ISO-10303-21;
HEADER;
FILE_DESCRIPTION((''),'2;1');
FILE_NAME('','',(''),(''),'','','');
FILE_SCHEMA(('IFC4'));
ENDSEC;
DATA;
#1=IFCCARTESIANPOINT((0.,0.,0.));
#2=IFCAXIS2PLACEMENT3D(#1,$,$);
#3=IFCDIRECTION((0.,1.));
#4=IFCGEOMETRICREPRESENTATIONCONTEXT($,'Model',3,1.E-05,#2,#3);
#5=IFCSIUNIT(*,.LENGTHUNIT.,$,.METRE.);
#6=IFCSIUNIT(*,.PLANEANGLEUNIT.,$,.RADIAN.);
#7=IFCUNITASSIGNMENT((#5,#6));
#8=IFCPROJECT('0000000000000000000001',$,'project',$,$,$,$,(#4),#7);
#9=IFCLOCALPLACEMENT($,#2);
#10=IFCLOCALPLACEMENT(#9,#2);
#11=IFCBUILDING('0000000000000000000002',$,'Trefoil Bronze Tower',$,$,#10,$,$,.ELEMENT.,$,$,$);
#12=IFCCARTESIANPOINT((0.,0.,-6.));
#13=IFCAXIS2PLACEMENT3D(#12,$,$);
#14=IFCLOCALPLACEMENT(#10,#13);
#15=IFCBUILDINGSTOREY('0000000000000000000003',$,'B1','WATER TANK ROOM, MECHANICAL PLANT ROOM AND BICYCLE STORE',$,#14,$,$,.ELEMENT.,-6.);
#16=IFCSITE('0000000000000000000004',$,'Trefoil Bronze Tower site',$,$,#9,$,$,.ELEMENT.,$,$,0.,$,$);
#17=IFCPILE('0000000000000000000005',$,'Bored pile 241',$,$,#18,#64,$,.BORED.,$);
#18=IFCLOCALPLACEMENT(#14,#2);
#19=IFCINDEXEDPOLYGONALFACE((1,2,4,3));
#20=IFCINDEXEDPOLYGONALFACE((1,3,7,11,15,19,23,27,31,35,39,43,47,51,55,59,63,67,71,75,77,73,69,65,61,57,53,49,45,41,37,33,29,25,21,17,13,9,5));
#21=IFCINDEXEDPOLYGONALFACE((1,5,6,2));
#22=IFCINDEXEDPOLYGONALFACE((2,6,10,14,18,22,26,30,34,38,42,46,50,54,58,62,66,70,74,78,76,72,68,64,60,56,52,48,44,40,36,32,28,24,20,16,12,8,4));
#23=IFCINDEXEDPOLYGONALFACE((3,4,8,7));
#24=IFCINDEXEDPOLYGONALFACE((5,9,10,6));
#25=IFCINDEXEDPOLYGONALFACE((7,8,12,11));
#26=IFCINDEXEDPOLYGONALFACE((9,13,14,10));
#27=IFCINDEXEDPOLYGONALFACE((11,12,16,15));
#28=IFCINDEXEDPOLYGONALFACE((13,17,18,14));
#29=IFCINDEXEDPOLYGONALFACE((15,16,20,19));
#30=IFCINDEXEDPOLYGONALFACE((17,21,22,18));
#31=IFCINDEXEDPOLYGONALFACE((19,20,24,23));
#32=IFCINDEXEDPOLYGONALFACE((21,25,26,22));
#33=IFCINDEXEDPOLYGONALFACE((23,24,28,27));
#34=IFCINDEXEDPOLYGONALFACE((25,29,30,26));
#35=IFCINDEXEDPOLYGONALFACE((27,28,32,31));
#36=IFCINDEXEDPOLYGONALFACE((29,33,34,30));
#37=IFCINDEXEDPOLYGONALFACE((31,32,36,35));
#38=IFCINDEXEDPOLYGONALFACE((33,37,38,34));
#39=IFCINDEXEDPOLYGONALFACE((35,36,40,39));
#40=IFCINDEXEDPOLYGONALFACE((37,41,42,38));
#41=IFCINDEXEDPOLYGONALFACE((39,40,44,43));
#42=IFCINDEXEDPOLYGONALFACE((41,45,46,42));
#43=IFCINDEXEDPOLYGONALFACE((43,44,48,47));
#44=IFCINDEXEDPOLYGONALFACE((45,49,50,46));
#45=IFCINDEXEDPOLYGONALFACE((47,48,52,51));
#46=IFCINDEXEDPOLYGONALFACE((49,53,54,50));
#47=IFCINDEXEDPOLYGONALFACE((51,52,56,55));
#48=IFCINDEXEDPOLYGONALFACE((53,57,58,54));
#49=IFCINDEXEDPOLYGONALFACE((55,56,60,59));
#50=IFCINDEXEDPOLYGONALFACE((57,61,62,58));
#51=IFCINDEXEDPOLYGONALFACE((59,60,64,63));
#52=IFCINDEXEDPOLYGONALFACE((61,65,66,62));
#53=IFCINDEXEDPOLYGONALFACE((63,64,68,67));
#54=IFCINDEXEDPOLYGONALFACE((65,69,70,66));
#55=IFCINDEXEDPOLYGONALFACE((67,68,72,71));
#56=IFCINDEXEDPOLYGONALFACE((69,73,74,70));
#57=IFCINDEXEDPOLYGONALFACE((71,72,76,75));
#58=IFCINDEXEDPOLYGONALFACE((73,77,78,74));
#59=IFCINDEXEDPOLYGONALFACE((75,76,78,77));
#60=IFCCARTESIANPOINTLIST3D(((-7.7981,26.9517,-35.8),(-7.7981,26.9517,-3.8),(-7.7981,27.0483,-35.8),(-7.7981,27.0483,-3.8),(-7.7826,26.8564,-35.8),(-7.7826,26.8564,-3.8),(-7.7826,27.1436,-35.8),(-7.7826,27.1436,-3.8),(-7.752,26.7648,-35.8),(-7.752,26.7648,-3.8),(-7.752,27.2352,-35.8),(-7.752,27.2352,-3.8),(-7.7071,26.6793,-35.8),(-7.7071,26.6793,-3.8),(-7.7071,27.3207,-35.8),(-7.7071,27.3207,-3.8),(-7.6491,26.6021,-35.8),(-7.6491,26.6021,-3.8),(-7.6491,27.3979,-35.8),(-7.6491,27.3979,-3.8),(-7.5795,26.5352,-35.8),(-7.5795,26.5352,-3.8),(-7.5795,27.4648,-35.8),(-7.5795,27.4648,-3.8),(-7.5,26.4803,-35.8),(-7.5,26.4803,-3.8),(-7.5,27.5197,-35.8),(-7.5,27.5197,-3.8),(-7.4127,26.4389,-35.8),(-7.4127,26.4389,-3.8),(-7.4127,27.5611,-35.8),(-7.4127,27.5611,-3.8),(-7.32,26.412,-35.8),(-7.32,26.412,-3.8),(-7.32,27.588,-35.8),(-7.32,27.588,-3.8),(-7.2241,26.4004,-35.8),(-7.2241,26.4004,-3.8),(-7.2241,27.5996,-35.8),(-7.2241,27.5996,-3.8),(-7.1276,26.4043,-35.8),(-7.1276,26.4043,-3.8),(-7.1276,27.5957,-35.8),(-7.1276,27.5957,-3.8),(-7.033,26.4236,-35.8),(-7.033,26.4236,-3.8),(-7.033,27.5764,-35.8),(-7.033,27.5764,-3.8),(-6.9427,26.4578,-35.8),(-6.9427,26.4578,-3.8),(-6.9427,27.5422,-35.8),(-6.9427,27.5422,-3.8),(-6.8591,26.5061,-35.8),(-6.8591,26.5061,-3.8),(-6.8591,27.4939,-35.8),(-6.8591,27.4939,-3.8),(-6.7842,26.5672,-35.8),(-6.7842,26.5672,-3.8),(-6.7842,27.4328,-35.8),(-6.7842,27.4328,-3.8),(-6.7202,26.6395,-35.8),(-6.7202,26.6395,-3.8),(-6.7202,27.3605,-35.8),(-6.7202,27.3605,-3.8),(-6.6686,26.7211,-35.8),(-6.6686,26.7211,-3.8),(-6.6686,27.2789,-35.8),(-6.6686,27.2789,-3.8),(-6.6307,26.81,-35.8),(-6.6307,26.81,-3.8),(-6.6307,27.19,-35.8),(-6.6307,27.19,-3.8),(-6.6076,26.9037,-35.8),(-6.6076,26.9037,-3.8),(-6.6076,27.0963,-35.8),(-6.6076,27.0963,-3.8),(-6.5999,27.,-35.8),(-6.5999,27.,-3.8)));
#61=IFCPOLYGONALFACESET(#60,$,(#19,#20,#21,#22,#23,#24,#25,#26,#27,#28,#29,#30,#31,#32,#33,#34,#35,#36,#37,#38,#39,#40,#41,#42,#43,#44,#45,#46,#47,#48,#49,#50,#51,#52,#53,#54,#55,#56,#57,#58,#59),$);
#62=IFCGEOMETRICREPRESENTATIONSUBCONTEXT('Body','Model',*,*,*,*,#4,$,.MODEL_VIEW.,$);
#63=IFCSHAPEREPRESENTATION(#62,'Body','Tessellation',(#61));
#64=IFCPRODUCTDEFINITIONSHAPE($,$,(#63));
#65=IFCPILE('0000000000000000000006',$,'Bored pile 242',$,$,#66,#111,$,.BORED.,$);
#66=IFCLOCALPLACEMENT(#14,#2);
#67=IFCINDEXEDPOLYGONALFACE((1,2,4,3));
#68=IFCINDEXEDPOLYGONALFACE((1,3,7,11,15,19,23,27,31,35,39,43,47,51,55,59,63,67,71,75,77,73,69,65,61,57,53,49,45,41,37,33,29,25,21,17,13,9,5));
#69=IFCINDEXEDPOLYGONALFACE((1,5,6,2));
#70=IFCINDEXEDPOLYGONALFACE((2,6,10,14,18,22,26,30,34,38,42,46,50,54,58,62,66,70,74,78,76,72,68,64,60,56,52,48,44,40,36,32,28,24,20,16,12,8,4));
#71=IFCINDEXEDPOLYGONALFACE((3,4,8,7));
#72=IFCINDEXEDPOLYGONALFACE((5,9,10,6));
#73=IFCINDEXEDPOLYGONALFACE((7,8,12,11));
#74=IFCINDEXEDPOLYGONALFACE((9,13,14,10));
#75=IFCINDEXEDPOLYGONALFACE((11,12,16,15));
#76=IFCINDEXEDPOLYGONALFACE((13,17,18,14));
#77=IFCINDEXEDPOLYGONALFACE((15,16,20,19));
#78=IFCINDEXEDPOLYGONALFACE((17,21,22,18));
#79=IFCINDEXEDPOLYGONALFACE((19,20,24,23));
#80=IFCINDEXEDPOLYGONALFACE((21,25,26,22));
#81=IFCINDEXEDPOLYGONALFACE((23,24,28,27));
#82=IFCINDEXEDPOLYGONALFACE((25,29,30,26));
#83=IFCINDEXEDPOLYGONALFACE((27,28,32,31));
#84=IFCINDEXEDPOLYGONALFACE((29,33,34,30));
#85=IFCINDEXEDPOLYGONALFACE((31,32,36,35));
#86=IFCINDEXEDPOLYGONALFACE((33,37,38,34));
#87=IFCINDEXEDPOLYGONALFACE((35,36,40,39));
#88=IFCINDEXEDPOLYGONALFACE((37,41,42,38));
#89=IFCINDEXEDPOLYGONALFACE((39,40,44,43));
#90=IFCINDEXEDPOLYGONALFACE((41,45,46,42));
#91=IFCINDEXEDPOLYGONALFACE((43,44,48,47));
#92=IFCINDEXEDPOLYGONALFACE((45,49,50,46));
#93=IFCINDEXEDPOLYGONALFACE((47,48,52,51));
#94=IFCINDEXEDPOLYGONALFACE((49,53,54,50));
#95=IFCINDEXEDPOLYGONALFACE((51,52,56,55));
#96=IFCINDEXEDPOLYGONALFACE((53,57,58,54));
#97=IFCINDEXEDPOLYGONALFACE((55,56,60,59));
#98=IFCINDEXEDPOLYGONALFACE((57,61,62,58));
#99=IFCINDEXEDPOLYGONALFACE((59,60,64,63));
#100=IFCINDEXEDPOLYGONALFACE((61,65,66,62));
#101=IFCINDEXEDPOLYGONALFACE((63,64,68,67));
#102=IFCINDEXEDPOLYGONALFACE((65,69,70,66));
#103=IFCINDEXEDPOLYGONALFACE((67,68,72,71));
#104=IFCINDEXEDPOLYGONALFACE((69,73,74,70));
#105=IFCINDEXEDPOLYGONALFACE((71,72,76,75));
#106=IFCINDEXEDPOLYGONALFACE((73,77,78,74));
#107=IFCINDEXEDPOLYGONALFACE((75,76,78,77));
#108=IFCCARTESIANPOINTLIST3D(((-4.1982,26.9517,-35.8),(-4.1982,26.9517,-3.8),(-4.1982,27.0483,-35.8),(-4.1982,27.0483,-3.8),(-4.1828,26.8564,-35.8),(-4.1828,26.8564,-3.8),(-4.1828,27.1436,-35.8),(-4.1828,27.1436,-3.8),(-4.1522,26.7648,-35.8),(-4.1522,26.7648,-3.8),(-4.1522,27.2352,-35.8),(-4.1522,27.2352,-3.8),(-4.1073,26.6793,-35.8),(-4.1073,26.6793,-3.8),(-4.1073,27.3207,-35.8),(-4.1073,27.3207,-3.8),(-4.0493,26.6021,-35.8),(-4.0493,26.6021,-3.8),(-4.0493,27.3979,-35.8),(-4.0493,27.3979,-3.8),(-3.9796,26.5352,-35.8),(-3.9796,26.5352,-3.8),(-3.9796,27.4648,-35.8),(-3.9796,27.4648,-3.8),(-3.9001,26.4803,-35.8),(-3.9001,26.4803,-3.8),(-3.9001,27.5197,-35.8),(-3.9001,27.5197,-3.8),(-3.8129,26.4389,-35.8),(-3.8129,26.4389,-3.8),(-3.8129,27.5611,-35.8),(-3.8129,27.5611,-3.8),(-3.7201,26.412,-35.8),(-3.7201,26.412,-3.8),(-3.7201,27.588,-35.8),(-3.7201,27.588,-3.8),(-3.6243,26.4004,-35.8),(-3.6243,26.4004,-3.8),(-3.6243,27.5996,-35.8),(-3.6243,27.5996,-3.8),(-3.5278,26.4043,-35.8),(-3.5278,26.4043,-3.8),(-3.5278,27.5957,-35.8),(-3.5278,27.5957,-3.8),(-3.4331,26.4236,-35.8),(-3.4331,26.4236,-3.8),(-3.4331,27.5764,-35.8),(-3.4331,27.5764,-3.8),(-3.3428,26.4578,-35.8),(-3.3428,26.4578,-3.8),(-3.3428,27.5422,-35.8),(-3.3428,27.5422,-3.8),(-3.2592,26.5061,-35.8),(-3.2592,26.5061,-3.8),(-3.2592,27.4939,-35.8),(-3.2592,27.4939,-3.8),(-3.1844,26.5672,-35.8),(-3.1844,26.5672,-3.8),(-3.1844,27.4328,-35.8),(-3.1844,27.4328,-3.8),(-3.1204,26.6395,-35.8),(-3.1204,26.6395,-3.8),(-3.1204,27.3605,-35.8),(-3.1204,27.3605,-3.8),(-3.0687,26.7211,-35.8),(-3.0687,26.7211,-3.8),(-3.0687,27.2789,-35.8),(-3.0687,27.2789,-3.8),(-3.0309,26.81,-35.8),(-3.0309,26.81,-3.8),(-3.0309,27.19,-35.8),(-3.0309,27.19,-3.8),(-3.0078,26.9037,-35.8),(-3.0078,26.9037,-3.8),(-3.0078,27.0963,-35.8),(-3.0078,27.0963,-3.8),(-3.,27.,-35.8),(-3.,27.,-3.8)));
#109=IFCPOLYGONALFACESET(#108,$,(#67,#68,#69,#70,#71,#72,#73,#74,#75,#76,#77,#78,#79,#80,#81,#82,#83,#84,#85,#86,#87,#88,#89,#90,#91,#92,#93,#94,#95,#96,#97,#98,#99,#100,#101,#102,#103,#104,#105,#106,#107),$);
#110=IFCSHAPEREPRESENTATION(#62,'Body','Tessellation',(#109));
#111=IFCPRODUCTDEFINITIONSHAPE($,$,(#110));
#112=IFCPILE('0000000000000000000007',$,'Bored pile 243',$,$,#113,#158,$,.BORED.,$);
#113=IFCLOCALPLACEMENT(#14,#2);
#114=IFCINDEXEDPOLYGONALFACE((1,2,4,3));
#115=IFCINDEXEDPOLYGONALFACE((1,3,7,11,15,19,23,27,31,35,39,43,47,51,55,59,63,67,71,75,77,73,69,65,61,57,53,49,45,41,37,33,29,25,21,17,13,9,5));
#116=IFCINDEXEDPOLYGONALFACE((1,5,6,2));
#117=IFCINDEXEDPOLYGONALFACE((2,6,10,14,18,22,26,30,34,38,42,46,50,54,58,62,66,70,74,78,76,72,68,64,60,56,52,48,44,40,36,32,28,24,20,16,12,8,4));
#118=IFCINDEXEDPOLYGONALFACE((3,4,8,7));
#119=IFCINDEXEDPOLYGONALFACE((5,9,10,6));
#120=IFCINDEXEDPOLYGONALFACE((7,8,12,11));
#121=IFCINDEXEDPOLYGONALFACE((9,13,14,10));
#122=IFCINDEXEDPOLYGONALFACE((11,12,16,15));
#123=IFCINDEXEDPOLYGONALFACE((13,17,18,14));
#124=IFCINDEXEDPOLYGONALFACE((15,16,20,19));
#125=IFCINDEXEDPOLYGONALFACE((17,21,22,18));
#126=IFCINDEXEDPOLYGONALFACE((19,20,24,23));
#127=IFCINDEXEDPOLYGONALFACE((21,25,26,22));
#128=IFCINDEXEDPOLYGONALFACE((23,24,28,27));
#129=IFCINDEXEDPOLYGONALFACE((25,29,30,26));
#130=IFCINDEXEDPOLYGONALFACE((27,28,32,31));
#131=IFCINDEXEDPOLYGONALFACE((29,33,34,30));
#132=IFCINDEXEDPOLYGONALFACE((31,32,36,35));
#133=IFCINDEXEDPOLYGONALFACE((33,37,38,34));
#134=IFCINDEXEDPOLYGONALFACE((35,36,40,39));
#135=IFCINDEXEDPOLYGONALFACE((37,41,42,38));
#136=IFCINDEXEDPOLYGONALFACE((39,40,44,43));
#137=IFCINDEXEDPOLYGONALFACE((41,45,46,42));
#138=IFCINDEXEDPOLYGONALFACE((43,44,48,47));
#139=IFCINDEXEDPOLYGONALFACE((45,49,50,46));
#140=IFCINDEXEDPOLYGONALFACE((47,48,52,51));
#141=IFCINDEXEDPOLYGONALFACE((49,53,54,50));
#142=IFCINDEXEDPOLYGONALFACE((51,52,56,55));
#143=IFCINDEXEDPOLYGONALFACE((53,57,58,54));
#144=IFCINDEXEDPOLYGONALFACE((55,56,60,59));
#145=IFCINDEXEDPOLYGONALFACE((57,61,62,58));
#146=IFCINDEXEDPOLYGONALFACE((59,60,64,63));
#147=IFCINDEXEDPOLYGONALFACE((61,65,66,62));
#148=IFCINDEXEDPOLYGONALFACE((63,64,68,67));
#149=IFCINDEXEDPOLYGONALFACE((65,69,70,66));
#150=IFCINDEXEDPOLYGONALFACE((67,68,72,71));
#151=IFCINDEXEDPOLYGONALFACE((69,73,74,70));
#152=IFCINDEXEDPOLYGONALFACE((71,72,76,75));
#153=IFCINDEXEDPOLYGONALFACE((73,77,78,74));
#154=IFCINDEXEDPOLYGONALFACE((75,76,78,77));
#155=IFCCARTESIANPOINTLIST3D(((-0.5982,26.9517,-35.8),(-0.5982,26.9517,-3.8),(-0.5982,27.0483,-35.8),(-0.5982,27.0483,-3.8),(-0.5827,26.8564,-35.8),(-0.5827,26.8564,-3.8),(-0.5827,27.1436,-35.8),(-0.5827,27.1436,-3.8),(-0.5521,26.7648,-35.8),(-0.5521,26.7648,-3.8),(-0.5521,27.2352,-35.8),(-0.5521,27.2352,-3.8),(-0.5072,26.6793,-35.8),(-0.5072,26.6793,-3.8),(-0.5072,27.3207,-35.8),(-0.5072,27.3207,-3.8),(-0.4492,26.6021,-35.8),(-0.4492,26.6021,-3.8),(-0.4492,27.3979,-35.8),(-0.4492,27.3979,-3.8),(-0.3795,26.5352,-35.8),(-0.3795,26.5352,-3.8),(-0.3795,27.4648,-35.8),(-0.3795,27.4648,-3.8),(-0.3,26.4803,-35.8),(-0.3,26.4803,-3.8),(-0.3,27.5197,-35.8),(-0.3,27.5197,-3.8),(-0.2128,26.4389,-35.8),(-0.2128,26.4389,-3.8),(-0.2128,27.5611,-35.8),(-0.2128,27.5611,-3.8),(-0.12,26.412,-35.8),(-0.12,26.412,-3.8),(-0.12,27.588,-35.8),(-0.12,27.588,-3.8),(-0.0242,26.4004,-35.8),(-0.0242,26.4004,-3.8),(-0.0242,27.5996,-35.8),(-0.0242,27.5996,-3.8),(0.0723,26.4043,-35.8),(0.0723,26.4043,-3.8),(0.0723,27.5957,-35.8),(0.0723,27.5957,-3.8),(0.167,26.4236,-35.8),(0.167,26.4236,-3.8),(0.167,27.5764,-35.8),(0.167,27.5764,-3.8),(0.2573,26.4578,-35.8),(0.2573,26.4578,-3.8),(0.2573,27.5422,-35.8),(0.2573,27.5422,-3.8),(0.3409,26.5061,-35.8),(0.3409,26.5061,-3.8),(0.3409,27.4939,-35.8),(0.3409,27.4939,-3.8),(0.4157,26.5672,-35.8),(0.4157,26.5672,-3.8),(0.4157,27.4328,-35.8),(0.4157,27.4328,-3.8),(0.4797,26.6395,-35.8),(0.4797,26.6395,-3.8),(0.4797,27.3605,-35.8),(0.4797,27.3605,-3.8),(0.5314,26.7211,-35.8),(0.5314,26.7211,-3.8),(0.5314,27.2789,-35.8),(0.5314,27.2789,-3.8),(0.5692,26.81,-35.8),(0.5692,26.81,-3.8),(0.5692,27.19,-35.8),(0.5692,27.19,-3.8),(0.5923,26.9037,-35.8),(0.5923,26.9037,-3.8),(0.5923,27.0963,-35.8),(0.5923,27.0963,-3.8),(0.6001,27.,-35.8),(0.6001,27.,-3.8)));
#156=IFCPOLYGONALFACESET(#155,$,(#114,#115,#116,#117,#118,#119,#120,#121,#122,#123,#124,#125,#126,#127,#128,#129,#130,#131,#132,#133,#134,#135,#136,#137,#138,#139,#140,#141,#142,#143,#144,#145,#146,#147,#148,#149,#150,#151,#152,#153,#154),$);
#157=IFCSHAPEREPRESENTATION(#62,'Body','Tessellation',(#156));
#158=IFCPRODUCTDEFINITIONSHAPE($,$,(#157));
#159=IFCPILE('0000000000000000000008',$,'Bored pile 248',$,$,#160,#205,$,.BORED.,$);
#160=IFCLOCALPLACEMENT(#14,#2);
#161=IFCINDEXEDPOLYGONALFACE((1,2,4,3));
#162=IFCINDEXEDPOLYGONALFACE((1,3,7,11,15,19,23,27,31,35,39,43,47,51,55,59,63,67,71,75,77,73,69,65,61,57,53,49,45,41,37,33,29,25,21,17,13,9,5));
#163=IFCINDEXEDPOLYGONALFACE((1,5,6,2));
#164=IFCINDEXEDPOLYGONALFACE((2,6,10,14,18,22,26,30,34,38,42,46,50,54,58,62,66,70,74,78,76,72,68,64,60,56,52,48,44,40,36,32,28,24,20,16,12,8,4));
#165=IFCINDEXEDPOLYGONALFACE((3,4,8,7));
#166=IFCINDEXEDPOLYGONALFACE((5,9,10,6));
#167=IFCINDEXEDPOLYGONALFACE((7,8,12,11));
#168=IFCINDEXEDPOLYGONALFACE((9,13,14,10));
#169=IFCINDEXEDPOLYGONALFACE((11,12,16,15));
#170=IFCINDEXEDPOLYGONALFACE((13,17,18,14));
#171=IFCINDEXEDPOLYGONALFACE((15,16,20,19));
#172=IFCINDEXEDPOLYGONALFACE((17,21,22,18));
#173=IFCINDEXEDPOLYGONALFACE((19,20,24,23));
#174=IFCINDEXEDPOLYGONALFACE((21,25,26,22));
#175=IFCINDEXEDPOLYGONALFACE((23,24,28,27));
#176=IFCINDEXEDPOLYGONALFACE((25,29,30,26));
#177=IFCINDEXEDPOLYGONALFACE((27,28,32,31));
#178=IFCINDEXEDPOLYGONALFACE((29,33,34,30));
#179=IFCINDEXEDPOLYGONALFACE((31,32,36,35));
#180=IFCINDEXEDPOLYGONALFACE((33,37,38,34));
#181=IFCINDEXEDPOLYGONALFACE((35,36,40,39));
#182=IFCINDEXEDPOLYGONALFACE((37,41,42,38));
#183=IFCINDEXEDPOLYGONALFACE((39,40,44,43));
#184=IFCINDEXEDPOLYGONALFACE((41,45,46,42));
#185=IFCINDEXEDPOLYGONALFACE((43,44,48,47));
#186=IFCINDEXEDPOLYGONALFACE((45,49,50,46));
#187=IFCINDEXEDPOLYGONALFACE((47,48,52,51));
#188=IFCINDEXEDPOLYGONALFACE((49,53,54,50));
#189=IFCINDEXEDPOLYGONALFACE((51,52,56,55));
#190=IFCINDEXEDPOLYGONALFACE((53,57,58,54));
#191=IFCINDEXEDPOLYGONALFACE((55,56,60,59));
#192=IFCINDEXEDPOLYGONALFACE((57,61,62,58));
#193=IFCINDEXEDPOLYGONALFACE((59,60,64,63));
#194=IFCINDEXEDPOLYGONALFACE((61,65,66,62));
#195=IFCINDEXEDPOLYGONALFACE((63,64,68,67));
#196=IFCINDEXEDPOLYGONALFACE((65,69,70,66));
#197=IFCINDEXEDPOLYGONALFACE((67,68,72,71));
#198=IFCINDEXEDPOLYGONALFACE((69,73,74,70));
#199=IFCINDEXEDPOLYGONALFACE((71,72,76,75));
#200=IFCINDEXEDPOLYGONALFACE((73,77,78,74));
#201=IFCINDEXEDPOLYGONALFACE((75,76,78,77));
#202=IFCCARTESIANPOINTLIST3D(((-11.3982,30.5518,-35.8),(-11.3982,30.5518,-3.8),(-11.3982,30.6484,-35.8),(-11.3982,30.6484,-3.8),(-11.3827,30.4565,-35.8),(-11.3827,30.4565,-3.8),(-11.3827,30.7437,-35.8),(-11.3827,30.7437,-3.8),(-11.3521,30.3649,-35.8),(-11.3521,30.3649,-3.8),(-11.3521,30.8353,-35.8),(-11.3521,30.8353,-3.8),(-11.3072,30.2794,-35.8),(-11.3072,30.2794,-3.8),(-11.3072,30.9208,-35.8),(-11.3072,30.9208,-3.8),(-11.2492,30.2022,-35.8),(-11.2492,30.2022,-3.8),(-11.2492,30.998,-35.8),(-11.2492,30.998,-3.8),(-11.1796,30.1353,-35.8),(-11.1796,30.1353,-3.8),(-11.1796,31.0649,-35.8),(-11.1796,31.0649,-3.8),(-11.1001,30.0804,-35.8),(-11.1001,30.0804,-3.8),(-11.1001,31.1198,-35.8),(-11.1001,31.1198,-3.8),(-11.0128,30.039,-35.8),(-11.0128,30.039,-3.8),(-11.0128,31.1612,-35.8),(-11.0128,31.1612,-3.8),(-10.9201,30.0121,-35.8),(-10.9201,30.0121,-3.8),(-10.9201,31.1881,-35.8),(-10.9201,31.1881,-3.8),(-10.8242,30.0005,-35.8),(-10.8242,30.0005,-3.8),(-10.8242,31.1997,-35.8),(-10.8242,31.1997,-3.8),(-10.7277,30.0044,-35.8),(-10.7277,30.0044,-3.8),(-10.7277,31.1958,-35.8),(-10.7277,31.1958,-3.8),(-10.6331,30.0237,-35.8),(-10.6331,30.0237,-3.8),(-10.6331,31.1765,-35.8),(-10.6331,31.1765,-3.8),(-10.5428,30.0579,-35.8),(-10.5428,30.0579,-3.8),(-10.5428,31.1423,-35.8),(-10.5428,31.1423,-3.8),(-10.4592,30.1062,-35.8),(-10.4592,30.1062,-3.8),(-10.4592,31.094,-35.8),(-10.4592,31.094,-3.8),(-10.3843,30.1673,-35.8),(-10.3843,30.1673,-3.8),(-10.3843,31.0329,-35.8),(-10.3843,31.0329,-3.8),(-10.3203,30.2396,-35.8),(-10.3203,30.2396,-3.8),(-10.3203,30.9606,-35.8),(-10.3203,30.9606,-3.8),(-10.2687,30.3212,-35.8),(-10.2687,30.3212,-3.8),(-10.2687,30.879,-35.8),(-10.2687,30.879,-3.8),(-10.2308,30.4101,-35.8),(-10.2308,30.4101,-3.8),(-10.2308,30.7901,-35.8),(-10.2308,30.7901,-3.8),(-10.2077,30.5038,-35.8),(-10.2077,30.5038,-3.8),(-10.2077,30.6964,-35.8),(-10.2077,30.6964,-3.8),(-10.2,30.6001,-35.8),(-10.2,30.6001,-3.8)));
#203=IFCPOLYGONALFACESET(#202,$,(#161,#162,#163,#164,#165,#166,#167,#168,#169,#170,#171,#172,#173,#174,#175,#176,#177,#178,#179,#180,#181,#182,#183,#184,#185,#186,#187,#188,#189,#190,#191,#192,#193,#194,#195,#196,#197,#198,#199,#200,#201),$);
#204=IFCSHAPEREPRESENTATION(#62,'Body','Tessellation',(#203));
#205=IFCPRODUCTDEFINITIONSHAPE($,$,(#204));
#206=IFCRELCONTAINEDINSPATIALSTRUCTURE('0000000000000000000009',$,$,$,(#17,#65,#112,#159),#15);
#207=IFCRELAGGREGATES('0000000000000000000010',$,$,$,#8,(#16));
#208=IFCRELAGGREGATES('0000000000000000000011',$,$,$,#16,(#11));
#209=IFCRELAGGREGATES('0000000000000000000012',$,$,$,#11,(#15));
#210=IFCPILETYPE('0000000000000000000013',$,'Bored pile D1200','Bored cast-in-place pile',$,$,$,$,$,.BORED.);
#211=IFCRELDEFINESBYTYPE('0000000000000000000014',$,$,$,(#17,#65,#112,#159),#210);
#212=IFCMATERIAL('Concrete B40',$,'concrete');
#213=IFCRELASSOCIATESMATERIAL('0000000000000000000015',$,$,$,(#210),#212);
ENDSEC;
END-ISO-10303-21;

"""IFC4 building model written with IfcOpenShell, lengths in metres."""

from ifc_helpers import new_model, si_unit, direction, frame, origin, origin_2d, place, context, subcontext, project, spatial, circle, extrude, material, type_object, element, save


model = new_model("IFC4")

# Units and contexts
model_context = context("Model", 3, precision=1e-05, world=origin(), true_north=direction((0.0, 1.0)))
body_context = subcontext(model_context, "Body", "Model", "MODEL_VIEW")
ifc_project = project(units=[si_unit("LENGTHUNIT", "METRE"), si_unit("PLANEANGLEUNIT", "RADIAN")], contexts=[model_context])

# Site, building, storey
site_placement = place(None, origin())
site = spatial("IfcSite", under=ifc_project, at=site_placement, Name="Trefoil Bronze Tower site", CompositionType="ELEMENT", RefElevation=0.0)
building_placement = place(site_placement, origin())
building = spatial("IfcBuilding", under=site, at=building_placement, Name="Trefoil Bronze Tower", CompositionType="ELEMENT")
storey_placement = place(building_placement, frame((0.0, 0.0, -6.0)))
storey = spatial("IfcBuildingStorey", under=building, at=storey_placement, Name="B1", Description="WATER TANK ROOM, MECHANICAL PLANT ROOM AND BICYCLE STORE", CompositionType="ELEMENT", Elevation=-6.0)

# Piles
ifc_material_1 = material(Name="Concrete B40", Category="concrete")
pile_type = type_object("IfcPileType", Name="Bored pile D1200", Description="Bored cast-in-place pile", PredefinedType="BORED", material=ifc_material_1)
for number, where, z_axis, x_axis, name in (
    (1, (-7.2, 27.0, -3.8), (0.0, 0.0, -1.0), (1.0, 0.0, 0.0), "Bored pile 241"),
    (2, (-3.6001, 27.0, -3.8), (0.0, 0.0, -1.0), (1.0, 0.0, 0.0), "Bored pile 242"),
    (3, (0.0, 27.0, -3.8), (0.0, 0.0, -1.0), (1.0, 0.0, 0.0), "Bored pile 243"),
    (4, (-10.8, 30.6001, -3.8), (0.0, 0.0, -1.0), (1.0, 0.0, 0.0), "Bored pile 248"),
):
    element("IfcPile", number, at=place(storey_placement, frame(where, z_axis=z_axis, x_axis=x_axis)), inside=storey, type_object=pile_type, Name=name, PredefinedType="BORED", context=body_context, shape_type="SweptSolid", body=[
        extrude(circle(Radius=0.6001, at=origin_2d()), origin(), (0.0, 0.0, 1.0), 32.0),
    ])

save(model, "model.ifc")
